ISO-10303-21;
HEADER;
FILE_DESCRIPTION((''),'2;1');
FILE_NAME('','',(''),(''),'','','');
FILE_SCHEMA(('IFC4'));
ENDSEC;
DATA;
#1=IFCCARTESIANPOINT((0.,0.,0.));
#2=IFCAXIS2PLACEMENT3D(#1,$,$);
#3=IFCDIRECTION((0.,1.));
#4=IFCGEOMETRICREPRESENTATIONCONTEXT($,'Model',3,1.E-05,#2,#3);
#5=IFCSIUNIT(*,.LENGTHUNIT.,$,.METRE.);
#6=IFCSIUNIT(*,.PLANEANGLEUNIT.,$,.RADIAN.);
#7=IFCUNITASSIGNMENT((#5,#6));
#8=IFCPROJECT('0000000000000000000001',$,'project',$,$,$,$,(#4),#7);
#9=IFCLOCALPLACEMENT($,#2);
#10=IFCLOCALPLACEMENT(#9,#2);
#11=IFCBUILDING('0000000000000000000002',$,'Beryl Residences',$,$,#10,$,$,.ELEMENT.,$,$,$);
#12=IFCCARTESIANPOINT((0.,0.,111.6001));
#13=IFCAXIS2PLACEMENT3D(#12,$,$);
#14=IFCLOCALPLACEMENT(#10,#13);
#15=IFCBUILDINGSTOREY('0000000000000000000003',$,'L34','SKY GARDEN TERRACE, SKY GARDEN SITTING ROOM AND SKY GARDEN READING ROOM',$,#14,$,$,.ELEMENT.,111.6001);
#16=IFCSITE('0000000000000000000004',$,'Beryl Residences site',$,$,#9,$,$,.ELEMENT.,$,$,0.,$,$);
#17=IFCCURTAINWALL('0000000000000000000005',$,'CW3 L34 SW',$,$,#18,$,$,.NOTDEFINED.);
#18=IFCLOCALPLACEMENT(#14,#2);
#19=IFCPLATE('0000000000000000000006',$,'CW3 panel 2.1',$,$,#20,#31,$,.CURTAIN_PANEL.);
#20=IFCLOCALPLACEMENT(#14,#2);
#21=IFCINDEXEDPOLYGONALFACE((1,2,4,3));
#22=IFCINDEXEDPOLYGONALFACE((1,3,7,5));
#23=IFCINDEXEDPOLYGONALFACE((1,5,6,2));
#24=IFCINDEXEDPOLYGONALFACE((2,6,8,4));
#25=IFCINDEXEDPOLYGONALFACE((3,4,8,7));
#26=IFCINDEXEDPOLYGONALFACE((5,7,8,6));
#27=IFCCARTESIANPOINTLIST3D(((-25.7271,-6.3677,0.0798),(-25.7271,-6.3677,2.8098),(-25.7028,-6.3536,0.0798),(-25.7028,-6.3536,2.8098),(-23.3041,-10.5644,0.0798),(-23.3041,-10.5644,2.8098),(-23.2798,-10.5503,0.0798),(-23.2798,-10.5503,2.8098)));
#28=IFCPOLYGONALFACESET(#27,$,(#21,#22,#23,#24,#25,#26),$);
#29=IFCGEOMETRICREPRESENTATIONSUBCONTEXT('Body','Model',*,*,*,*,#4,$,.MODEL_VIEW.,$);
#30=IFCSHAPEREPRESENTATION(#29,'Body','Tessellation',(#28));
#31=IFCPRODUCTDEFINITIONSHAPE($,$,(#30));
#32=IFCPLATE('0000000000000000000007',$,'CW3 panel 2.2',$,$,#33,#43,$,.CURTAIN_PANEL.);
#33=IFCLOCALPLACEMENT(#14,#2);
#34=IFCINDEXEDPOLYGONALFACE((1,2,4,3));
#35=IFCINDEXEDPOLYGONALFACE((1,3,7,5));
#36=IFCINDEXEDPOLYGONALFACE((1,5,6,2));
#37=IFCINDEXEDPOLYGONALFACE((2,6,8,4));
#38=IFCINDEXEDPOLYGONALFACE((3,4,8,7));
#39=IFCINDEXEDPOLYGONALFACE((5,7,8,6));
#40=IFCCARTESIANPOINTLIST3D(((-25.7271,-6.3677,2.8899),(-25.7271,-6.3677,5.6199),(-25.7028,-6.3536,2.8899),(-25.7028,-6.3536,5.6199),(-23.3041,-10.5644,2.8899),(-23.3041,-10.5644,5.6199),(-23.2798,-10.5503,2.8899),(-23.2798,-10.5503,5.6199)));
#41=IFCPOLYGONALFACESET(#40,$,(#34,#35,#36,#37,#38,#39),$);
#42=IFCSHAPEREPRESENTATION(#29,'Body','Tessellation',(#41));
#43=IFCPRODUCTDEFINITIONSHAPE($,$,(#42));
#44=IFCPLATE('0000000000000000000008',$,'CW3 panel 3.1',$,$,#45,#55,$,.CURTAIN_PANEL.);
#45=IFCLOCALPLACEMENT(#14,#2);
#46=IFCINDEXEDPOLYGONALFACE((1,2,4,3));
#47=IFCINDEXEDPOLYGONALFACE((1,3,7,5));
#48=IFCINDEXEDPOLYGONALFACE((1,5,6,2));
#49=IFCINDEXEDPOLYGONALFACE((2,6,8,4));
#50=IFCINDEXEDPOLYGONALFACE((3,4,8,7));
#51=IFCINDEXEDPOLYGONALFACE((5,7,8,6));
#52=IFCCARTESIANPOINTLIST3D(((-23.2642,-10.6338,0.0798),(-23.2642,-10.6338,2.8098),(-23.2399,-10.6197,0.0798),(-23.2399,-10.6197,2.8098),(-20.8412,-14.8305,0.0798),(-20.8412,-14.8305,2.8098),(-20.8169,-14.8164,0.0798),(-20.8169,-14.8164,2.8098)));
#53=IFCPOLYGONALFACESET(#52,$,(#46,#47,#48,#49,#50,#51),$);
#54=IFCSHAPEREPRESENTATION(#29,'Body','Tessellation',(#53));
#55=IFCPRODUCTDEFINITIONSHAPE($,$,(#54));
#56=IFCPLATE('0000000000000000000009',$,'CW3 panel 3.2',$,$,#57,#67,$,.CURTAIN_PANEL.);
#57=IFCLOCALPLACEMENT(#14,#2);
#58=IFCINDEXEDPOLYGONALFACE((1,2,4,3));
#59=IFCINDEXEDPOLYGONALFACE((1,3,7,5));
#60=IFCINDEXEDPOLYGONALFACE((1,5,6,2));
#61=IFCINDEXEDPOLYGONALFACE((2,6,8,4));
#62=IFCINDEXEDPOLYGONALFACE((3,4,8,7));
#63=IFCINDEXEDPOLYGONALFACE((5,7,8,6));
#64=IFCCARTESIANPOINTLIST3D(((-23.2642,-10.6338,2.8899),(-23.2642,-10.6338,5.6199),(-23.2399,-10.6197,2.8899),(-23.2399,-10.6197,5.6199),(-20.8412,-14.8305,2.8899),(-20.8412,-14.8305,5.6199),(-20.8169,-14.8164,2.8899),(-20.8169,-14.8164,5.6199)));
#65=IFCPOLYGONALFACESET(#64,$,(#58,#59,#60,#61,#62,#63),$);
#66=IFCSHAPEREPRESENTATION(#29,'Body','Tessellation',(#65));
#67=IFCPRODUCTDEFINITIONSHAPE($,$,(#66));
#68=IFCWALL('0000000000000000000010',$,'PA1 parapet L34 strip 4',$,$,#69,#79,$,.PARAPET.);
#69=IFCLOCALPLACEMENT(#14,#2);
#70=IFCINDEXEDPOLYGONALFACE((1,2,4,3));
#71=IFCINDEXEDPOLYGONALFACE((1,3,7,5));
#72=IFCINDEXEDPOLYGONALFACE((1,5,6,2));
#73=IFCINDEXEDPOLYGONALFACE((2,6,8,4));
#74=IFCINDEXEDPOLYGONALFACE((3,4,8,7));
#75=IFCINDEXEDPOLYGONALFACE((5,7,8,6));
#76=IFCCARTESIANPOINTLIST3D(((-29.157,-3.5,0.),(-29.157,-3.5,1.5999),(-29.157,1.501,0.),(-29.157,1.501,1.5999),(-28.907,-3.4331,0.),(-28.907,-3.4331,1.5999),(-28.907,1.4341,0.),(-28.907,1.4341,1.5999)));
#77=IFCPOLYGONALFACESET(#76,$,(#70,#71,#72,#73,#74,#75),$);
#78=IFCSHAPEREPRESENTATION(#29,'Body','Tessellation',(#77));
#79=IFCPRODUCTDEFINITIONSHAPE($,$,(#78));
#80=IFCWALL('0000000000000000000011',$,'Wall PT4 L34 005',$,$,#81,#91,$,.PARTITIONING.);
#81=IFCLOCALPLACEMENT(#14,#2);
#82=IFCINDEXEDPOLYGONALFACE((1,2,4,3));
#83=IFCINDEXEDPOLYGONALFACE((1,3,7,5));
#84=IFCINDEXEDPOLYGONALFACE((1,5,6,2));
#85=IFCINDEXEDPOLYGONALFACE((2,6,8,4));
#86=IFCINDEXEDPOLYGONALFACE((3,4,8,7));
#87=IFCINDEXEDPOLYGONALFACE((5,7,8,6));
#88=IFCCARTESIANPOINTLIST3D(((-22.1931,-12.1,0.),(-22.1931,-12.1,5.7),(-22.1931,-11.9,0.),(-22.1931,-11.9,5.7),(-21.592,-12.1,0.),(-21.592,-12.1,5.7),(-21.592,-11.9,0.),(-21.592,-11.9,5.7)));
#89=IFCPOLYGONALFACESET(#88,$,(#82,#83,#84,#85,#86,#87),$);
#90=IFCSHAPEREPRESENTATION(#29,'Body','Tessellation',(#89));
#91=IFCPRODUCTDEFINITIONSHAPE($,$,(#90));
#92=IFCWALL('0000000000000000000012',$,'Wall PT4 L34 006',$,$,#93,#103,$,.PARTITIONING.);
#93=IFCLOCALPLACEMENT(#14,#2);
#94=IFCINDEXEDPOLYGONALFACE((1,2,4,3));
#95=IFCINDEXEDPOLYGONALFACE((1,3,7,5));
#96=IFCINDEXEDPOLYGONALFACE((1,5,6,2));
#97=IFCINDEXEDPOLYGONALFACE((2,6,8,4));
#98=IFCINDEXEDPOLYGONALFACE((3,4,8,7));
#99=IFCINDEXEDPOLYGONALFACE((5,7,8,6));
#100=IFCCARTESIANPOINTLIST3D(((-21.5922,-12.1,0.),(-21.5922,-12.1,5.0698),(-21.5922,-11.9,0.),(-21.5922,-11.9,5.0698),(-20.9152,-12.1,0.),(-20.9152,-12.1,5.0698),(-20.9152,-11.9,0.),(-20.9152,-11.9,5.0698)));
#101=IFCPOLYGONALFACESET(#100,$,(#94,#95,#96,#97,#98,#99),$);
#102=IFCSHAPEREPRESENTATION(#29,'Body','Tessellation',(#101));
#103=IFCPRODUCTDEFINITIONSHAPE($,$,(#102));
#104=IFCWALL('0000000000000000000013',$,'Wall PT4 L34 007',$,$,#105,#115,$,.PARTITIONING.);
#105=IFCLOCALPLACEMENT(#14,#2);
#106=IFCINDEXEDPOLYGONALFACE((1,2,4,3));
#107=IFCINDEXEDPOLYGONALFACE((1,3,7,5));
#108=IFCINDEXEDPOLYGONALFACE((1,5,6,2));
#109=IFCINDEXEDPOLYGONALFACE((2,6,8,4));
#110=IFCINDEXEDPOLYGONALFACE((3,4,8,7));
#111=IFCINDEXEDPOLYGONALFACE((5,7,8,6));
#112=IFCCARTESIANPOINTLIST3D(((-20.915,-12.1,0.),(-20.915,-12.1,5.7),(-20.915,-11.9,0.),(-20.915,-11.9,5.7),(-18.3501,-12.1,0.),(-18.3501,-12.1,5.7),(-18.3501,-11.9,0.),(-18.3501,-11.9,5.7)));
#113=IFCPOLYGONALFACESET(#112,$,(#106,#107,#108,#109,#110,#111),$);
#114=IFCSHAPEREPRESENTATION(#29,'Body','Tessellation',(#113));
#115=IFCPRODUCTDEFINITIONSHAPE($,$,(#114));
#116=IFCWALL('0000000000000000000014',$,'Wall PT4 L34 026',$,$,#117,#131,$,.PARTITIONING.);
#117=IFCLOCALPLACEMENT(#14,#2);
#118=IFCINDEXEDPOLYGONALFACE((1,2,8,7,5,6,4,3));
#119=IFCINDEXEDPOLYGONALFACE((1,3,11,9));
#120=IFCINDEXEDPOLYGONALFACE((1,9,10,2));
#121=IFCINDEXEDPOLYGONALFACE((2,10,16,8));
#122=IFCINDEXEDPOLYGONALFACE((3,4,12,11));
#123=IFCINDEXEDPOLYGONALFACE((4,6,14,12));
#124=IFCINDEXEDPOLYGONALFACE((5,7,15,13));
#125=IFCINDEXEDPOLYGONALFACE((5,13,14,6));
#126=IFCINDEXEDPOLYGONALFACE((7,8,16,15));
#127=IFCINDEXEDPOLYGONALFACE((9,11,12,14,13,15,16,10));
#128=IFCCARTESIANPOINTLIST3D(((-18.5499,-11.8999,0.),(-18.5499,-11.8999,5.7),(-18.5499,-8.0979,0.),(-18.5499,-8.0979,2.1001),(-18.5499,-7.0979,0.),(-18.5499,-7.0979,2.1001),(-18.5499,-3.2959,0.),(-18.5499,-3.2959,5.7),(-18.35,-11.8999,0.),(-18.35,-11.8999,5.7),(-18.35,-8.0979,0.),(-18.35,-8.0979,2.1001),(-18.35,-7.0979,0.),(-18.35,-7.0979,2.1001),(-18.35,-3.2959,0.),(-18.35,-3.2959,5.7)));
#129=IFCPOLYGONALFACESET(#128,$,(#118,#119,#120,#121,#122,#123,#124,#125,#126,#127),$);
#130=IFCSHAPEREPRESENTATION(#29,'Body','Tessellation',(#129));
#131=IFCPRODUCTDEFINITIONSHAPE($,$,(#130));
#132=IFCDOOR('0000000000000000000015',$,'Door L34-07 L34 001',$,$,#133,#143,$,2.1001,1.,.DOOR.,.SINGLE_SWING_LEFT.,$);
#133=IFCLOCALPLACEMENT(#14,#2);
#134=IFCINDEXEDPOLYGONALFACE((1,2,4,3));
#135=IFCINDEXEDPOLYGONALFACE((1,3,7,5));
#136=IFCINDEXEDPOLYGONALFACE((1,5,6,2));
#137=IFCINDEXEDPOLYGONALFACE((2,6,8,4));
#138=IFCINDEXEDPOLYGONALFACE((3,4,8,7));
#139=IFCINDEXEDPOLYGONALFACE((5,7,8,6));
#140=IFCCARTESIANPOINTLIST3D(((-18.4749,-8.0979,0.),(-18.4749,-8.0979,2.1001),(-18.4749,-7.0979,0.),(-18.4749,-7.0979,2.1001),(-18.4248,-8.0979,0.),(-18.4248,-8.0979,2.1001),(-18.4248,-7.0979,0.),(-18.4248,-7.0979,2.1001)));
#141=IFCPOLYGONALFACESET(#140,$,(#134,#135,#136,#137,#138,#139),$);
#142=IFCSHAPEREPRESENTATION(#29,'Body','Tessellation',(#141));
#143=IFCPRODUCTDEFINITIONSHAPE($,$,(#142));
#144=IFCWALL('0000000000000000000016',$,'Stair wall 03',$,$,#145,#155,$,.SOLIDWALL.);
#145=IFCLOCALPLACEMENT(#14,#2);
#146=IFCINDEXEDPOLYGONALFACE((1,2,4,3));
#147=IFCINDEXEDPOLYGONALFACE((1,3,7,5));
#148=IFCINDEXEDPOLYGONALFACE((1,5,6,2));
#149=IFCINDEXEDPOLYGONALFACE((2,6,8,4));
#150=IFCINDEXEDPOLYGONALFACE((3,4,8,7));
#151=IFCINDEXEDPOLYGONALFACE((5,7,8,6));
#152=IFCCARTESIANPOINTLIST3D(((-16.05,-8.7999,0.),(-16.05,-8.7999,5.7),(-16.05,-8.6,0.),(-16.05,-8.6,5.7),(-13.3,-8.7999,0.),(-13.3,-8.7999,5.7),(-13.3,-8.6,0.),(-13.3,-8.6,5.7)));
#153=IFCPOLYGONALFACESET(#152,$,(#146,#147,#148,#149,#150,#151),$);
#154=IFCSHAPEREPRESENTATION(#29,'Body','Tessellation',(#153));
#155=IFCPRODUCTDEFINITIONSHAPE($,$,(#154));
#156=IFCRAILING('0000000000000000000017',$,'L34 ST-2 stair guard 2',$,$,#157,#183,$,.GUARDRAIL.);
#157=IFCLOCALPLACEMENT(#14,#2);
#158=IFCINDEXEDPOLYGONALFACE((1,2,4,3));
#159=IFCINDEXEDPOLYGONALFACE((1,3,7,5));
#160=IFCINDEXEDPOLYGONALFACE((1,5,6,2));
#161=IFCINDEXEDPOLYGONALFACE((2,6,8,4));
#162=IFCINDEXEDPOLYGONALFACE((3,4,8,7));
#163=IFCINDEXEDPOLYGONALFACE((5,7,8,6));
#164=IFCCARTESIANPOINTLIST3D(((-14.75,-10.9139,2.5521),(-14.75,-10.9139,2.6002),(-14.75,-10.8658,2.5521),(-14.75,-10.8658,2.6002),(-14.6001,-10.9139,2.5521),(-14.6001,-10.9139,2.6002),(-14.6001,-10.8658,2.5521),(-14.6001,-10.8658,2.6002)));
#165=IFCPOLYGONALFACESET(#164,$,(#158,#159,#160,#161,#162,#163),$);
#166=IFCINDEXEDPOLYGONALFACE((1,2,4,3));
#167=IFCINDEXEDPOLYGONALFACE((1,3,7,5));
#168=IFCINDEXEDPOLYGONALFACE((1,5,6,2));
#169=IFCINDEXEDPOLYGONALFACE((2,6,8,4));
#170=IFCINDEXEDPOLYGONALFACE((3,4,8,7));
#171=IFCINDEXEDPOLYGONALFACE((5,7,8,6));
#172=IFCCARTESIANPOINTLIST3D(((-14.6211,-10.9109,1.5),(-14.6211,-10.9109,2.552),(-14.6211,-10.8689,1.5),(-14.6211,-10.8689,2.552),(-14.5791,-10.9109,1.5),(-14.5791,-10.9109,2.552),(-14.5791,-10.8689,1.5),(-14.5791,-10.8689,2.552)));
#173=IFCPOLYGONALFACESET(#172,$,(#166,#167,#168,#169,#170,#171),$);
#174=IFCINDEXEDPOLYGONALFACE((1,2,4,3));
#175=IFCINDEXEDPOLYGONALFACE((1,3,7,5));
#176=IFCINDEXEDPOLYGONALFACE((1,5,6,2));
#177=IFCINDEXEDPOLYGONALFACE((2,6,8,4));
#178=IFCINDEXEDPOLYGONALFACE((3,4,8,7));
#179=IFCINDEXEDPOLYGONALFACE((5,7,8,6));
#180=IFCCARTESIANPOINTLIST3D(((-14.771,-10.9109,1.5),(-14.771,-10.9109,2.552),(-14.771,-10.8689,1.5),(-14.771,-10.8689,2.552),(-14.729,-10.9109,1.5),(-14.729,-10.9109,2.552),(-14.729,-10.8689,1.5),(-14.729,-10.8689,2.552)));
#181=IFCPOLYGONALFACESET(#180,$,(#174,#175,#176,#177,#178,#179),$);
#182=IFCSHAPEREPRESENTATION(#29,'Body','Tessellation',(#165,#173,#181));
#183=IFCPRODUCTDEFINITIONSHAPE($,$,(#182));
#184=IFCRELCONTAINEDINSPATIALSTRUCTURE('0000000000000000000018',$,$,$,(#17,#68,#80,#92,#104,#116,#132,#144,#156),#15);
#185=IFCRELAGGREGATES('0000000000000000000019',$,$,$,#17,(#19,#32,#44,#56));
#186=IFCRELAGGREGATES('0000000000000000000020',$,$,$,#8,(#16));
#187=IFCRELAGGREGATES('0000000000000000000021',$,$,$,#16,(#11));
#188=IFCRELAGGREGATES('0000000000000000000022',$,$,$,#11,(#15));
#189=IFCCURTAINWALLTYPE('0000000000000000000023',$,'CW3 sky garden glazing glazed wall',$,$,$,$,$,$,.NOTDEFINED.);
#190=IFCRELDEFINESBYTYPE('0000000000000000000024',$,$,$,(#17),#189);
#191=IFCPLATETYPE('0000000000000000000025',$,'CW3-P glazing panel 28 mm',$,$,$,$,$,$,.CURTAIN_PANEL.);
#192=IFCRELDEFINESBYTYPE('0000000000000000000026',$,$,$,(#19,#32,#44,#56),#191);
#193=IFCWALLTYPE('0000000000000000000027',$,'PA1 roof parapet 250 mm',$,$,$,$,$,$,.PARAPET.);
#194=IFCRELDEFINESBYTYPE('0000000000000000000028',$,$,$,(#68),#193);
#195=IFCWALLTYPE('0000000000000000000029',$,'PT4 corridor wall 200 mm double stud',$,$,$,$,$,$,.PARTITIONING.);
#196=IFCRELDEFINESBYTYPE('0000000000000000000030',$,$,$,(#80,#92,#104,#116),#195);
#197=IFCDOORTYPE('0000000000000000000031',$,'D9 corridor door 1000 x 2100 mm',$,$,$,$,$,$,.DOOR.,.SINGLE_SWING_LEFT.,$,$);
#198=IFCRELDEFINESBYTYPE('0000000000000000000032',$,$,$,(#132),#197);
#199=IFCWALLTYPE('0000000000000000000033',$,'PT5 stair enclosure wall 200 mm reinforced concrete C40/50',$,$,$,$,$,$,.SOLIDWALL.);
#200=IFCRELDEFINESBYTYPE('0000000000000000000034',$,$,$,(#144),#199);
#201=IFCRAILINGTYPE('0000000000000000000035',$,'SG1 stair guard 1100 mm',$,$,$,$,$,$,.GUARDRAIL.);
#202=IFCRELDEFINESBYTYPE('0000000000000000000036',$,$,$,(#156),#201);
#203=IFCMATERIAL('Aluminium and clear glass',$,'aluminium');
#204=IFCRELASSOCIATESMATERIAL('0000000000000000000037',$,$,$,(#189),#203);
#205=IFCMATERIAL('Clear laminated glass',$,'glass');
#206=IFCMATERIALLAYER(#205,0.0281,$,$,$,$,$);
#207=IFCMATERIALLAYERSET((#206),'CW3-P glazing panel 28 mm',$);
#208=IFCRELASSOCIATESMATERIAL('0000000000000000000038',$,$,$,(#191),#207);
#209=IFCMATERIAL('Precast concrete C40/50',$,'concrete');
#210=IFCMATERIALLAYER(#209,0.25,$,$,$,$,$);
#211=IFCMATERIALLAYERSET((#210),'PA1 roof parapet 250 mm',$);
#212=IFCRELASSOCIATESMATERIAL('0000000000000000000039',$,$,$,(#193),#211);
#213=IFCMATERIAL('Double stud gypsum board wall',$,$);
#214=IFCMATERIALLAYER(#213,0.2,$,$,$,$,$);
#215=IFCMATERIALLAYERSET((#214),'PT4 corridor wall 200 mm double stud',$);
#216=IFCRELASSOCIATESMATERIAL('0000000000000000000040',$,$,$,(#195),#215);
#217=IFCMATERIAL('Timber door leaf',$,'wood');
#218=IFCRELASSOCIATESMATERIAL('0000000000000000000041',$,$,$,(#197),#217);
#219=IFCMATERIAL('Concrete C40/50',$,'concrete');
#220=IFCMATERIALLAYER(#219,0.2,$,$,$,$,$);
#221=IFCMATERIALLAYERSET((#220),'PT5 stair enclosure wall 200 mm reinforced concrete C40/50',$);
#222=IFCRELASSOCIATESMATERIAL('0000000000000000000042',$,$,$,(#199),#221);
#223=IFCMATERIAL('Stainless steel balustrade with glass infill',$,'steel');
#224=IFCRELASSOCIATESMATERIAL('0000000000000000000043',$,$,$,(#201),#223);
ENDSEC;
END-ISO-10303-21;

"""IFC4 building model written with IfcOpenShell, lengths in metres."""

from ifc_helpers import new_model, si_unit, direction, frame, frame_2d, origin, origin_2d, place, context, subcontext, project, spatial, polyline, rectangle, outline, extrude, material, layer, layer_set, type_object, element, fill, aggregate, save


model = new_model("IFC4")

# Units and contexts
model_context = context("Model", 3, precision=1e-05, world=origin(), true_north=direction((0.0, 1.0)))
body_context = subcontext(model_context, "Body", "Model", "MODEL_VIEW")
ifc_project = project(units=[si_unit("LENGTHUNIT", "METRE"), si_unit("PLANEANGLEUNIT", "RADIAN")], contexts=[model_context])

# Site, building, storey
site_placement = place(None, origin())
site = spatial("IfcSite", under=ifc_project, at=site_placement, Name="Beryl Residences site", CompositionType="ELEMENT", RefElevation=0.0)
building_placement = place(site_placement, origin())
building = spatial("IfcBuilding", under=site, at=building_placement, Name="Beryl Residences", CompositionType="ELEMENT")
storey_placement = place(building_placement, frame((0.0, 0.0, 111.6001)))
storey = spatial("IfcBuildingStorey", under=building, at=storey_placement, Name="L34", Description="SKY GARDEN TERRACE, SKY GARDEN SITTING ROOM AND SKY GARDEN READING ROOM", CompositionType="ELEMENT", Elevation=111.6001)

# Curtain wall, plates
ifc_material_1 = material(Name="Aluminium and clear glass", Category="aluminium")
curtain_wall_type = type_object("IfcCurtainWallType", Name="CW3 sky garden glazing glazed wall", PredefinedType="NOTDEFINED", material=ifc_material_1)
curtain_wall_placement = place(storey_placement, origin())
curtain_wall = element("IfcCurtainWall", 1, at=curtain_wall_placement, inside=storey, type_object=curtain_wall_type, Name="CW3 L34 SW", PredefinedType="NOTDEFINED")
ifc_material_2 = material(Name="Clear laminated glass", Category="glass")
ifc_layer_1 = layer(ifc_material_2, 0.0281)
ifc_layer_set_1 = layer_set([ifc_layer_1], Name="CW3-P glazing panel 28 mm")
plate_type = type_object("IfcPlateType", Name="CW3-P glazing panel 28 mm", PredefinedType="CURTAIN_PANEL", material=ifc_layer_set_1)
plate_1_placement = place(storey_placement, frame((-24.5034, -8.459, 0.0798), z_axis=(0.0, 0.0, 1.0), x_axis=(0.500004, -0.866023, 0.0)))
plate_1 = element("IfcPlate", 2, at=plate_1_placement, type_object=plate_type, Name="CW3 panel 2.1", PredefinedType="CURTAIN_PANEL", context=body_context, shape_type="SweptSolid", body=[
    extrude(rectangle(XDim=4.8459, YDim=0.0281, at=origin_2d()), origin(), (0.0, 0.0, 1.0), 2.73),
])
plate_2_placement = place(storey_placement, frame((-24.5034, -8.459, 2.8899), z_axis=(0.0, 0.0, 1.0), x_axis=(0.500004, -0.866023, 0.0)))
plate_2 = element("IfcPlate", 3, at=plate_2_placement, type_object=plate_type, Name="CW3 panel 2.2", PredefinedType="CURTAIN_PANEL", context=body_context, shape_type="SweptSolid", body=[
    extrude(rectangle(XDim=4.8459, YDim=0.0281, at=origin_2d()), origin(), (0.0, 0.0, 1.0), 2.73),
])
plate_3_placement = place(storey_placement, frame((-22.0405, -12.7251, 0.0798), z_axis=(0.0, 0.0, 1.0), x_axis=(0.500004, -0.866023, 0.0)))
plate_3 = element("IfcPlate", 4, at=plate_3_placement, type_object=plate_type, Name="CW3 panel 3.1", PredefinedType="CURTAIN_PANEL", context=body_context, shape_type="SweptSolid", body=[
    extrude(rectangle(XDim=4.8459, YDim=0.0281, at=origin_2d()), origin(), (0.0, 0.0, 1.0), 2.73),
])
plate_4_placement = place(storey_placement, frame((-22.0405, -12.7251, 2.8899), z_axis=(0.0, 0.0, 1.0), x_axis=(0.500004, -0.866023, 0.0)))
plate_4 = element("IfcPlate", 5, at=plate_4_placement, type_object=plate_type, Name="CW3 panel 3.2", PredefinedType="CURTAIN_PANEL", context=body_context, shape_type="SweptSolid", body=[
    extrude(rectangle(XDim=4.8459, YDim=0.0281, at=origin_2d()), origin(), (0.0, 0.0, 1.0), 2.73),
])
aggregate(curtain_wall, [plate_1, plate_2, plate_3, plate_4])

# Walls
ifc_material_3 = material(Name="Precast concrete C40/50", Category="concrete")
ifc_layer_2 = layer(ifc_material_3, 0.25)
ifc_layer_set_2 = layer_set([ifc_layer_2], Name="PA1 roof parapet 250 mm")
wall_type_1 = type_object("IfcWallType", Name="PA1 roof parapet 250 mm", PredefinedType="PARAPET", material=ifc_layer_set_2)
wall_1_placement = place(storey_placement, frame((-29.032, -3.5, 0.0), z_axis=(0.0, 0.0, 1.0), x_axis=(0.0, 1.0, 0.0)))
element("IfcWall", 6, at=wall_1_placement, inside=storey, type_object=wall_type_1, Name="PA1 parapet L34 strip 4", PredefinedType="PARAPET", context=body_context, shape_type="SweptSolid", body=[
    extrude(outline(polyline([(0.0669, -0.125), (4.9341, -0.125), (5.001, 0.125), (0.0, 0.125), (0.0669, -0.125)])), origin(), (0.0, 0.0, 1.0), 1.5999),
])
ifc_material_4 = material(Name="Double stud gypsum board wall")
ifc_layer_3 = layer(ifc_material_4, 0.2)
ifc_layer_set_3 = layer_set([ifc_layer_3], Name="PT4 corridor wall 200 mm double stud")
wall_type_2 = type_object("IfcWallType", Name="PT4 corridor wall 200 mm double stud", PredefinedType="PARTITIONING", material=ifc_layer_set_3)
wall_2_placement = place(storey_placement, frame((-22.1931, -12.0, 0.0), z_axis=(0.0, 0.0, 1.0), x_axis=(1.0, 0.0, 0.0)))
element("IfcWall", 7, at=wall_2_placement, inside=storey, type_object=wall_type_2, Name="Wall PT4 L34 005", PredefinedType="PARTITIONING", context=body_context, shape_type="SweptSolid", body=[
    extrude(rectangle(XDim=0.6011, YDim=0.2, at=frame_2d((0.3005, 0.0))), origin(), (0.0, 0.0, 1.0), 5.7),
])
wall_3_placement = place(storey_placement, frame((-21.592, -12.0, 0.0), z_axis=(0.0, 0.0, 1.0), x_axis=(1.0, 0.0, 0.0)))
element("IfcWall", 8, at=wall_3_placement, inside=storey, type_object=wall_type_2, Name="Wall PT4 L34 006", PredefinedType="PARTITIONING", context=body_context, shape_type="SweptSolid", body=[
    extrude(rectangle(XDim=0.677, YDim=0.2, at=frame_2d((0.3384, 0.0))), origin(), (0.0, 0.0, 1.0), 5.0698),
])
wall_4_placement = place(storey_placement, frame((-20.915, -12.0, 0.0), z_axis=(0.0, 0.0, 1.0), x_axis=(1.0, 0.0, 0.0)))
element("IfcWall", 9, at=wall_4_placement, inside=storey, type_object=wall_type_2, Name="Wall PT4 L34 007", PredefinedType="PARTITIONING", context=body_context, shape_type="SweptSolid", body=[
    extrude(rectangle(XDim=2.5649, YDim=0.2, at=frame_2d((1.2825, 0.0))), origin(), (0.0, 0.0, 1.0), 5.7),
])

# Wall, opening, door
wall_5_placement = place(storey_placement, frame((-18.45, -11.8999, 0.0), z_axis=(0.0, 0.0, 1.0), x_axis=(0.0, 1.0, 0.0)))
wall_5 = element("IfcWall", 10, at=wall_5_placement, inside=storey, type_object=wall_type_2, Name="Wall PT4 L34 026", PredefinedType="PARTITIONING", context=body_context, shape_type="SweptSolid", body=[
    extrude(rectangle(XDim=8.604, YDim=0.2, at=frame_2d((4.302, 0.0))), origin(), (0.0, 0.0, 1.0), 5.7),
])
opening_placement = place(wall_5_placement, frame((3.802, 0.0, 0.0)))
opening = element("IfcOpeningElement", 11, at=opening_placement, cuts=wall_5, PredefinedType="OPENING", context=body_context, shape_type="SweptSolid", body=[
    extrude(rectangle(XDim=1.0, YDim=2.1001, at=frame_2d((0.5, 1.05))), frame((0.0, 0.1099, 0.0), z_axis=(0.0, -1.0, 0.0), x_axis=(1.0, 0.0, 0.0)), (0.0, 0.0, 1.0), 0.22),
])
ifc_material_5 = material(Name="Timber door leaf", Category="wood")
door_type = type_object("IfcDoorType", Name="D9 corridor door 1000 x 2100 mm", OperationType="SINGLE_SWING_LEFT", PredefinedType="DOOR", material=ifc_material_5)
door_placement = place(opening_placement, origin())
door = element("IfcDoor", 12, at=door_placement, inside=storey, type_object=door_type, Name="Door L34-07 L34 001", OperationType="SINGLE_SWING_LEFT", OverallHeight=2.1001, OverallWidth=1.0, PredefinedType="DOOR", context=body_context, shape_type="SweptSolid", body=[
    extrude(rectangle(XDim=1.0, YDim=2.1001, at=frame_2d((0.5, 1.05))), frame((0.0, 0.0249, 0.0), z_axis=(0.0, -1.0, 0.0), x_axis=(1.0, 0.0, 0.0)), (0.0, 0.0, 1.0), 0.05),
])
fill(opening, door)

# Wall
ifc_material_6 = material(Name="Concrete C40/50", Category="concrete")
ifc_layer_4 = layer(ifc_material_6, 0.2)
ifc_layer_set_4 = layer_set([ifc_layer_4], Name="PT5 stair enclosure wall 200 mm reinforced concrete C40/50")
wall_type_3 = type_object("IfcWallType", Name="PT5 stair enclosure wall 200 mm reinforced concrete C40/50", PredefinedType="SOLIDWALL", material=ifc_layer_set_4)
wall_6_placement = place(storey_placement, frame((-16.05, -8.7, 0.0), z_axis=(0.0, 0.0, 1.0), x_axis=(1.0, 0.0, 0.0)))
element("IfcWall", 13, at=wall_6_placement, inside=storey, type_object=wall_type_3, Name="Stair wall 03", PredefinedType="SOLIDWALL", context=body_context, shape_type="SweptSolid", body=[
    extrude(rectangle(XDim=2.75, YDim=0.2, at=frame_2d((1.375, 0.0))), origin(), (0.0, 0.0, 1.0), 5.7),
])

# Railing
ifc_material_7 = material(Name="Stainless steel balustrade with glass infill", Category="steel")
railing_type_1 = type_object("IfcRailingType", Name="SG1 stair guard 1100 mm", PredefinedType="GUARDRAIL", material=ifc_material_7)
railing_1_placement = place(storey_placement, frame((-14.6001, -10.8899, 1.5)))
element("IfcRailing", 14, at=railing_1_placement, inside=storey, type_object=railing_type_1, Name="L34 ST-2 stair guard 2", PredefinedType="GUARDRAIL", context=body_context, shape_type="SweptSolid", body=[
    extrude(rectangle(XDim=0.0481, YDim=0.0481, at=origin_2d()), frame((0.0, 0.0, 1.0762), z_axis=(-1.0, 0.0, 0.0), x_axis=(0.0, -1.0, 0.0)), (0.0, 0.0, 1.0), 0.1499),
    extrude(rectangle(XDim=0.042, YDim=0.042, at=origin_2d()), origin(), (0.0, 0.0, 1.0), 1.052),
    extrude(rectangle(XDim=0.042, YDim=0.042, at=origin_2d()), frame((-0.1499, 0.0, 0.0)), (0.0, 0.0, 1.0), 1.052),
])

save(model, "model.ifc")
